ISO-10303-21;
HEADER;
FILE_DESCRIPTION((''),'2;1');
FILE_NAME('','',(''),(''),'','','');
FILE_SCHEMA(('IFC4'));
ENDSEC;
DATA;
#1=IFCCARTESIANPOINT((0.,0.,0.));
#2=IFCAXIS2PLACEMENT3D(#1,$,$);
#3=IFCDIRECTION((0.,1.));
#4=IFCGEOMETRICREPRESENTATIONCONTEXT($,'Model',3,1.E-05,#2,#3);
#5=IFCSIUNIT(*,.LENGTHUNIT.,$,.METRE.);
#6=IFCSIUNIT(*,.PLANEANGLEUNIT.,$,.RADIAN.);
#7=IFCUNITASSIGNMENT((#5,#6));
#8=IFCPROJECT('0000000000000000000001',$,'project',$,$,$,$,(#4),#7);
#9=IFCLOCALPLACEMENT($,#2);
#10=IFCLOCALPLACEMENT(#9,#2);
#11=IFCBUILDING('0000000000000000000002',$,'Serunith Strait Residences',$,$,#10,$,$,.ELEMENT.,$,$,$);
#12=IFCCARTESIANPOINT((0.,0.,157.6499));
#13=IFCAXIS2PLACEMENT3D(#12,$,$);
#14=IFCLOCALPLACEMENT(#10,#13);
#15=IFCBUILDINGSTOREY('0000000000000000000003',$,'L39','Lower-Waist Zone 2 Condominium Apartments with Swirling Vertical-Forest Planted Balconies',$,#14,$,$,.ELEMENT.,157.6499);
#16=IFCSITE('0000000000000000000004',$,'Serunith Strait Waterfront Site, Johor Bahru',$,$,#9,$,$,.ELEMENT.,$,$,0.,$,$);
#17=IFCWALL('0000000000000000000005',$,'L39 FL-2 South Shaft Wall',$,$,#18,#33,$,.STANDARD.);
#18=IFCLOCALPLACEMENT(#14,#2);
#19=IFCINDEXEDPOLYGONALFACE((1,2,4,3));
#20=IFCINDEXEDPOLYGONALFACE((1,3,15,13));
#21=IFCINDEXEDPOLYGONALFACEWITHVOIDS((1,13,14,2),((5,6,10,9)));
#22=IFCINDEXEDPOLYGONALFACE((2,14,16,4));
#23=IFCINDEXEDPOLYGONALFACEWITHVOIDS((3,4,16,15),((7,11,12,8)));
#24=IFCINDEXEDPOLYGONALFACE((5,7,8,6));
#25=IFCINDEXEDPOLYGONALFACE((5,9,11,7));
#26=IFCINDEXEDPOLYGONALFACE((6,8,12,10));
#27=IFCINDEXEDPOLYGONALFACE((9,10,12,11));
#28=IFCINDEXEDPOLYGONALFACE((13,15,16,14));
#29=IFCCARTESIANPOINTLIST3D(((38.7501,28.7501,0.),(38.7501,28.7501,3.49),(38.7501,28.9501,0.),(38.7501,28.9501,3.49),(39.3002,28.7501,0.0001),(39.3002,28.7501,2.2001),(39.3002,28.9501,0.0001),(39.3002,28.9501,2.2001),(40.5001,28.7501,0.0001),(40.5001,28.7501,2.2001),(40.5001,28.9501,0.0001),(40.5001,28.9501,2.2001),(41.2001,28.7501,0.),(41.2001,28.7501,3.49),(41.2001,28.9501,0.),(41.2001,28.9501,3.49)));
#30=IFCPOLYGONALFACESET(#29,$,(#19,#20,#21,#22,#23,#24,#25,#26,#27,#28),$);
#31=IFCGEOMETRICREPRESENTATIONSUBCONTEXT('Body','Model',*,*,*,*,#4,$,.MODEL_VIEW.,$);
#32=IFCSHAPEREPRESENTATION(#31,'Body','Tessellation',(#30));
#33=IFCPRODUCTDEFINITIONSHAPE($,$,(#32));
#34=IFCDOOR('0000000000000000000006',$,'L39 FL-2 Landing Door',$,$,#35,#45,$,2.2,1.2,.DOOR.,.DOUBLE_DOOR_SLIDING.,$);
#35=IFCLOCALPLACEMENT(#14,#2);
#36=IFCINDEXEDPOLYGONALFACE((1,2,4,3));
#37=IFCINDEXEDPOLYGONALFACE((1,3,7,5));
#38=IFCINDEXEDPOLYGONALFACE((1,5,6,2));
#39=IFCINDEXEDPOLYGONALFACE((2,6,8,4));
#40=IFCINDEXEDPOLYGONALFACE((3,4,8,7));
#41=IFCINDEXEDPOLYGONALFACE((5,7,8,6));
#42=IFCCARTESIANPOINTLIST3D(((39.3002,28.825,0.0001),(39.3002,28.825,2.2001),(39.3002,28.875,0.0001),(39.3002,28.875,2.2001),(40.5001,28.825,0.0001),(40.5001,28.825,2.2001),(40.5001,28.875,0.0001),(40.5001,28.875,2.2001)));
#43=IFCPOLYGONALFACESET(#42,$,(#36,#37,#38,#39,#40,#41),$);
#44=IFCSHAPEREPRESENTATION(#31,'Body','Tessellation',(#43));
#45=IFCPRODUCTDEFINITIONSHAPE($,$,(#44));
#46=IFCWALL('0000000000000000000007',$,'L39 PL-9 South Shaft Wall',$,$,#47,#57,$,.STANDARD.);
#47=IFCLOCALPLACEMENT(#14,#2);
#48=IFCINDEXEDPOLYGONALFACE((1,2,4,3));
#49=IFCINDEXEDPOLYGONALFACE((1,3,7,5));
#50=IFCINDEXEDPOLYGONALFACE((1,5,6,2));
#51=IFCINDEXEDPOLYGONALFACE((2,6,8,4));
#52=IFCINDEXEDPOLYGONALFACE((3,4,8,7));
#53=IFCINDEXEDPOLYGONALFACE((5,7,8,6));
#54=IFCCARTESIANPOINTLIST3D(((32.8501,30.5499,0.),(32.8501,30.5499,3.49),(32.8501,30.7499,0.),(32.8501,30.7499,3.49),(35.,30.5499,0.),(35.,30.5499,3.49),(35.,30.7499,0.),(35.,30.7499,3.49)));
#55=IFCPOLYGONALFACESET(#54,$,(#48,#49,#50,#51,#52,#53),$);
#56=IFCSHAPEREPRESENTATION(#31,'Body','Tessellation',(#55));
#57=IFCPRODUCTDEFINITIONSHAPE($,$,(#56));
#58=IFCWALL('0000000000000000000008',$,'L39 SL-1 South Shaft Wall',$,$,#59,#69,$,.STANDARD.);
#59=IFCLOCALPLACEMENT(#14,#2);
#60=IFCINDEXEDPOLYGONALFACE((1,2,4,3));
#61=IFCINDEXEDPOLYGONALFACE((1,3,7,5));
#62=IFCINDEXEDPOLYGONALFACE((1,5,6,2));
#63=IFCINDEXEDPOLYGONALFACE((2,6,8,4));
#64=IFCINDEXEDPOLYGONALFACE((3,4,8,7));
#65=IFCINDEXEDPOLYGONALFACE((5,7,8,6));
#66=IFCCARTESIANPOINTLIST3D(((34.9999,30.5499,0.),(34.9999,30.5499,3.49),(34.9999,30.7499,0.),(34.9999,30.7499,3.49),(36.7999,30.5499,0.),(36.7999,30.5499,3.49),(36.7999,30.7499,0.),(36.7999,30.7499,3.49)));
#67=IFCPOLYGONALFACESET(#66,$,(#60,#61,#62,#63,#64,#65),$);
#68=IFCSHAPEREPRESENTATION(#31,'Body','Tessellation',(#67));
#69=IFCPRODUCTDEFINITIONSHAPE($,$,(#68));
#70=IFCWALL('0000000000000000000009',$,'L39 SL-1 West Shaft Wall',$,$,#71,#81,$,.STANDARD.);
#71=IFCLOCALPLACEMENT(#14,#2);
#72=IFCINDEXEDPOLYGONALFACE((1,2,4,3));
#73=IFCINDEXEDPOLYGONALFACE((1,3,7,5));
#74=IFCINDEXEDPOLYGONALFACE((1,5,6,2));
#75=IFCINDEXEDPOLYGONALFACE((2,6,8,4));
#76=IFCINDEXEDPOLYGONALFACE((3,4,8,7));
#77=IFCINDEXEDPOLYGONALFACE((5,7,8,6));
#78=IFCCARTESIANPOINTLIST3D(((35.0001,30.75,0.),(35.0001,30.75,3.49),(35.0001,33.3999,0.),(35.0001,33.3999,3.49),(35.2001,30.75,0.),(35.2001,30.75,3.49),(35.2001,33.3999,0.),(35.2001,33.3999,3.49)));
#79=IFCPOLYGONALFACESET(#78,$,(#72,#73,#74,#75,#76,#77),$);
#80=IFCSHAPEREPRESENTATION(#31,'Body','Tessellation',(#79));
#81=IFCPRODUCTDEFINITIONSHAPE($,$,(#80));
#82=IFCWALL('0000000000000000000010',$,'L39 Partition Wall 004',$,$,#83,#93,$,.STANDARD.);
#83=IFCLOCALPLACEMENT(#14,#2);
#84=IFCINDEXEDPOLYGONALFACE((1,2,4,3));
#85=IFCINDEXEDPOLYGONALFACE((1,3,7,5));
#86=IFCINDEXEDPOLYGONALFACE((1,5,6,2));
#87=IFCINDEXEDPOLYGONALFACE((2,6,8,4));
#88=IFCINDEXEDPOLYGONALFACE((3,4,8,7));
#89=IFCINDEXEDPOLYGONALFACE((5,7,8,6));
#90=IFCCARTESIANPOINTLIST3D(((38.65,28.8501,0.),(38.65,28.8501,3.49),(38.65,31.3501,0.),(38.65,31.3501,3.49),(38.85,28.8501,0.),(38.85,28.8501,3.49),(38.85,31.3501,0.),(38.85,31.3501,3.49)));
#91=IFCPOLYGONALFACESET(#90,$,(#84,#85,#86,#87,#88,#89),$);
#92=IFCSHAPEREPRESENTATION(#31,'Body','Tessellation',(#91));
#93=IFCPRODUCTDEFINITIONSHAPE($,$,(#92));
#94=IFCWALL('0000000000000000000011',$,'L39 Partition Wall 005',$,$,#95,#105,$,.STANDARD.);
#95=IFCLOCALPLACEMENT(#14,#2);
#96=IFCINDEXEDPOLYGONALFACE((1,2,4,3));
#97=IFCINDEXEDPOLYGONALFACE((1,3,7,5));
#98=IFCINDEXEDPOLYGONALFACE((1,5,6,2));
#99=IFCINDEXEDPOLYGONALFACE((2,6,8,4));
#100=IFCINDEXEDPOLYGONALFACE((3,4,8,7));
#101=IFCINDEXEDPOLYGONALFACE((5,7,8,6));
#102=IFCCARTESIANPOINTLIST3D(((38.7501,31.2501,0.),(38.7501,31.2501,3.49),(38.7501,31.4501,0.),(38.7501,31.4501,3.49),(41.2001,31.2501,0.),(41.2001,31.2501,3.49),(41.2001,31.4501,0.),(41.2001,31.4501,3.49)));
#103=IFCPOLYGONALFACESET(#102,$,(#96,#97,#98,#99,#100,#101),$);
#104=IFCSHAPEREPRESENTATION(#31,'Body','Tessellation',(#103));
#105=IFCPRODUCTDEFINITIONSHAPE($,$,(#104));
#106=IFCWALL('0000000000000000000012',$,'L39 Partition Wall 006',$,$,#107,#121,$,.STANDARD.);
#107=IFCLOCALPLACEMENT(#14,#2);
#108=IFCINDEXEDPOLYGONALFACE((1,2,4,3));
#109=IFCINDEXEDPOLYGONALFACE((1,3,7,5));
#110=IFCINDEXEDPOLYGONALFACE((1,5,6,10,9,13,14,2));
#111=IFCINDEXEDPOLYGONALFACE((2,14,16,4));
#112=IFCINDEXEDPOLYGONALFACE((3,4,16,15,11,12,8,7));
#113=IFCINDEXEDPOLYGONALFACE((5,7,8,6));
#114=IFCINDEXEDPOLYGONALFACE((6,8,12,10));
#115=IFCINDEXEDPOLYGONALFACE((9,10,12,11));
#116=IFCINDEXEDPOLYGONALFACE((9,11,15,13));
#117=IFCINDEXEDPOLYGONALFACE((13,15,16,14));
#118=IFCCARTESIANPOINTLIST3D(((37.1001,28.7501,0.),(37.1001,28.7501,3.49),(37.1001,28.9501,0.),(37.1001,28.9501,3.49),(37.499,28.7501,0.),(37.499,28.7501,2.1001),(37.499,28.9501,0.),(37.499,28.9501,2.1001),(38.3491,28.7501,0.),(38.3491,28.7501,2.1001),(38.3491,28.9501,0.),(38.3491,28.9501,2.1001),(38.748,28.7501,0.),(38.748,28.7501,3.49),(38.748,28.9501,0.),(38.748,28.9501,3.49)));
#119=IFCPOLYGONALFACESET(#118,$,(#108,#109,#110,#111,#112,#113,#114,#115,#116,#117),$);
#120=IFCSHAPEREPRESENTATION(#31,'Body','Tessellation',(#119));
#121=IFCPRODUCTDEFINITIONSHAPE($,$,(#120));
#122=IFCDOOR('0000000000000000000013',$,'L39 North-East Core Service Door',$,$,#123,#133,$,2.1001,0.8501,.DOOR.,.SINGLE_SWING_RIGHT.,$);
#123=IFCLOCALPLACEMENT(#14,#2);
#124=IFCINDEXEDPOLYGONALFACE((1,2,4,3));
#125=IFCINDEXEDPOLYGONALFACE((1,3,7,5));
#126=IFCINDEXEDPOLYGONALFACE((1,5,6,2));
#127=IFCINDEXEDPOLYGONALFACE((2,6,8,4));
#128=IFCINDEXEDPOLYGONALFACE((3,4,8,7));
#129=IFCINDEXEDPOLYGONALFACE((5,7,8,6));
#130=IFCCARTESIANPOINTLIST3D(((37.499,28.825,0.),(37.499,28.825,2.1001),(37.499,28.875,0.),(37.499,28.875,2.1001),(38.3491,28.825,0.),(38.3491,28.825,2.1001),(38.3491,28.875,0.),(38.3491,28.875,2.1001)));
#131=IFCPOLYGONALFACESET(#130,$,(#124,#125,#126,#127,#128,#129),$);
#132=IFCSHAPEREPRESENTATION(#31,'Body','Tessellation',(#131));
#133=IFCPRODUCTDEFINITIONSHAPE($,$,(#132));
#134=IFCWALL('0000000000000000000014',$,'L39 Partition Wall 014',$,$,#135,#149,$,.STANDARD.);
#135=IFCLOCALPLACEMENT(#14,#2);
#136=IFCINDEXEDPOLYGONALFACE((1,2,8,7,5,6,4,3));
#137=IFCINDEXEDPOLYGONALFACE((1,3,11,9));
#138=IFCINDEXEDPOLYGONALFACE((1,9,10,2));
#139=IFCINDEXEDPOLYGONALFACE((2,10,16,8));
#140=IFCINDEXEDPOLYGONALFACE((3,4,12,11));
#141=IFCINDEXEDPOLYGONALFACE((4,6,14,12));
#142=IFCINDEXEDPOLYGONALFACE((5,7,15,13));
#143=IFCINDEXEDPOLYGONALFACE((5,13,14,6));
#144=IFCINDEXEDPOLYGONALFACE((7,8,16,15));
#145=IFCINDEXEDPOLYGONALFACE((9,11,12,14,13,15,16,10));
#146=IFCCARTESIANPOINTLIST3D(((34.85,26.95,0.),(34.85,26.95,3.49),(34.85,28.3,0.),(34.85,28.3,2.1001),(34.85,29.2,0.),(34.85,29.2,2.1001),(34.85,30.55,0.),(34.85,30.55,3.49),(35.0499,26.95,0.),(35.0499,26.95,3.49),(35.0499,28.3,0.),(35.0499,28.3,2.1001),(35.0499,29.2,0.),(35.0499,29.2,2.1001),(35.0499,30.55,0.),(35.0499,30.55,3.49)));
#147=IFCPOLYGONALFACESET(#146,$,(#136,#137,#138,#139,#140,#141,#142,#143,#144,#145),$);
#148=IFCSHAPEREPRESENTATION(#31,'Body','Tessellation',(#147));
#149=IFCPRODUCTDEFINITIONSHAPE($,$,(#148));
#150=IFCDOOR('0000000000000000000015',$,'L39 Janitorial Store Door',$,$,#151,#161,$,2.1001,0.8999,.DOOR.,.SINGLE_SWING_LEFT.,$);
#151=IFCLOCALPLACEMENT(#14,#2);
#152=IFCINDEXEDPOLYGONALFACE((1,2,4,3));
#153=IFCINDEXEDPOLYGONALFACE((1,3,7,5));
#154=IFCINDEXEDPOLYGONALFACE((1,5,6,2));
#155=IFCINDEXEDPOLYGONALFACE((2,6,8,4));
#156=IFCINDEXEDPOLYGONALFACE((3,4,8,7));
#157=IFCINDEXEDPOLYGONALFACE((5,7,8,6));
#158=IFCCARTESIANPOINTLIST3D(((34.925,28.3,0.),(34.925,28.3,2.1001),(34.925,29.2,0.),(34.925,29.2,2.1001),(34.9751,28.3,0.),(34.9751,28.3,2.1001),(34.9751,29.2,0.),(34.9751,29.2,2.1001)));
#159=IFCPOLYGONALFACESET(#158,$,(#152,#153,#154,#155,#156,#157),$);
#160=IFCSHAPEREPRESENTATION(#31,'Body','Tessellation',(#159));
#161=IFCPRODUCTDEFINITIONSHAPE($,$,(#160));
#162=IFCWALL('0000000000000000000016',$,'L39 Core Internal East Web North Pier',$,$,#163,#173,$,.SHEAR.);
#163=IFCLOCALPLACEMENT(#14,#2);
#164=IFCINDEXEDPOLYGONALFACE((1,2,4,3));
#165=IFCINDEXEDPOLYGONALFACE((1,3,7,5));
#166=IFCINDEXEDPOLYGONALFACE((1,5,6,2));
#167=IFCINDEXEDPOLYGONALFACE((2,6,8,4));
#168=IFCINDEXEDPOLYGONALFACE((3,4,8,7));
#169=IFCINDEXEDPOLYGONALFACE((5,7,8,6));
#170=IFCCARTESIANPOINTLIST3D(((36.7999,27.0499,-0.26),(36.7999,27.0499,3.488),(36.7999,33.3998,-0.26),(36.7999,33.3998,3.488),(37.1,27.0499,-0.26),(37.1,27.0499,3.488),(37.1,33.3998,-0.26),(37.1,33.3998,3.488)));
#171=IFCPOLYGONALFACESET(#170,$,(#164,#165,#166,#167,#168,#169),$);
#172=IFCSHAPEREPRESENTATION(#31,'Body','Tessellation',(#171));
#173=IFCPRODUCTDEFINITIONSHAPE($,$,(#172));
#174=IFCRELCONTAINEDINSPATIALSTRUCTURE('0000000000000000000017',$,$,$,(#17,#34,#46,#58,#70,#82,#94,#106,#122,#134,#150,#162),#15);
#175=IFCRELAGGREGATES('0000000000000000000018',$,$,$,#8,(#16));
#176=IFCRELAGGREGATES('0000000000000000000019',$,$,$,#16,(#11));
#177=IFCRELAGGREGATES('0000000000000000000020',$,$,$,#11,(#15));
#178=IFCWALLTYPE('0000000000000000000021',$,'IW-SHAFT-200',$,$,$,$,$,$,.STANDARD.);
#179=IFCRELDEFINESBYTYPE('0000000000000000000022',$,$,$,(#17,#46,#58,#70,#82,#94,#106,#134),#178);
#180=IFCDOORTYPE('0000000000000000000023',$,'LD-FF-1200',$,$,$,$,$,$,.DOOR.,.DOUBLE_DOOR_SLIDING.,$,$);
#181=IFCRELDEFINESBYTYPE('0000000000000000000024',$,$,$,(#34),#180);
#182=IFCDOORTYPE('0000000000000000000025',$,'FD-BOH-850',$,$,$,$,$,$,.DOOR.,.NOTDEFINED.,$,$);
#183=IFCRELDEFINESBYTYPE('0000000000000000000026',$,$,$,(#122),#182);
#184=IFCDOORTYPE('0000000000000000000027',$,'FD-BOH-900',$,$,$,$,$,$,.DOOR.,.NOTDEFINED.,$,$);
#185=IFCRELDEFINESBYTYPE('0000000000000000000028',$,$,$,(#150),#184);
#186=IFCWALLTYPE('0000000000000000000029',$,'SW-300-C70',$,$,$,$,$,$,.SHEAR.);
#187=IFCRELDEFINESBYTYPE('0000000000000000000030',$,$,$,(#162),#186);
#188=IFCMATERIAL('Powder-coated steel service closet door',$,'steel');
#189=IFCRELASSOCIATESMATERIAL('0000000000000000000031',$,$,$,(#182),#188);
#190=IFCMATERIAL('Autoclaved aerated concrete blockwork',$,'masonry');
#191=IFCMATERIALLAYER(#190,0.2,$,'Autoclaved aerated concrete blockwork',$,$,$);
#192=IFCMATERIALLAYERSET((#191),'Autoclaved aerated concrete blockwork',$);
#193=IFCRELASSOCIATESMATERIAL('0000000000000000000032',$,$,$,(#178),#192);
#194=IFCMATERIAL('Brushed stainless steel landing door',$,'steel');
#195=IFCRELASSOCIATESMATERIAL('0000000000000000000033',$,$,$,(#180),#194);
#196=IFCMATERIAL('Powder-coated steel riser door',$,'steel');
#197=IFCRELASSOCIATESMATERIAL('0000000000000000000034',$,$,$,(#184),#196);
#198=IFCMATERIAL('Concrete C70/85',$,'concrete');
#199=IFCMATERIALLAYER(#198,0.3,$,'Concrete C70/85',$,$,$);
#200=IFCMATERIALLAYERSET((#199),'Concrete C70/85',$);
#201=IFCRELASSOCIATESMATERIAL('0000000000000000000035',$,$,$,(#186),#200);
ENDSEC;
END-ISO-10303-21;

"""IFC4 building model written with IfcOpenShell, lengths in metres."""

from ifc_helpers import new_model, si_unit, direction, frame, frame_2d, origin, place, context, subcontext, project, spatial, rectangle, extrude, source, transform, mapped, material, layer, layer_set, type_object, element, fill, save


model = new_model("IFC4")

# Units and contexts
model_context = context("Model", 3, precision=1e-05, world=origin(), true_north=direction((0.0, 1.0)))
body_context = subcontext(model_context, "Body", "Model", "MODEL_VIEW")
ifc_project = project(units=[si_unit("LENGTHUNIT", "METRE"), si_unit("PLANEANGLEUNIT", "RADIAN")], contexts=[model_context])

# Site, building, storey
site_placement = place(None, origin())
site = spatial("IfcSite", under=ifc_project, at=site_placement, Name="Serunith Strait Waterfront Site, Johor Bahru", CompositionType="ELEMENT", RefElevation=0.0)
building_placement = place(site_placement, origin())
building = spatial("IfcBuilding", under=site, at=building_placement, Name="Serunith Strait Residences", CompositionType="ELEMENT")
storey_placement = place(building_placement, frame((0.0, 0.0, 157.6499)))
storey = spatial("IfcBuildingStorey", under=building, at=storey_placement, Name="L39", Description="Lower-Waist Zone 2 Condominium Apartments with Swirling Vertical-Forest Planted Balconies", CompositionType="ELEMENT", Elevation=157.6499)

# Shared definitions
ifc_material_1 = material(Name="Powder-coated steel service closet door", Category="steel")
door_type_1 = type_object("IfcDoorType", Name="FD-BOH-850", OperationType="NOTDEFINED", PredefinedType="DOOR", material=ifc_material_1)
shared_shape_1 = source(origin(), body_context, "Body", "SweptSolid", [
    extrude(rectangle(XDim=0.8501, YDim=2.1001, at=frame_2d((0.425, 1.05))), frame((0.0, 0.0249, 0.0), z_axis=(0.0, -1.0, 0.0), x_axis=(1.0, 0.0, 0.0)), (0.0, 0.0, 1.0), 0.05),
])

# Wall, opening, door
ifc_material_2 = material(Name="Autoclaved aerated concrete blockwork", Category="masonry")
ifc_layer_1 = layer(ifc_material_2, 0.2, Name="Autoclaved aerated concrete blockwork")
ifc_layer_set_1 = layer_set([ifc_layer_1], Name="Autoclaved aerated concrete blockwork")
wall_type_1 = type_object("IfcWallType", Name="IW-SHAFT-200", PredefinedType="STANDARD", material=ifc_layer_set_1)
wall_1_placement = place(storey_placement, frame((38.75, 28.8501, 0.0), z_axis=(0.0, 0.0, 1.0), x_axis=(1.0, 0.0, 0.0)))
wall_1 = element("IfcWall", 1, at=wall_1_placement, inside=storey, type_object=wall_type_1, Name="L39 FL-2 South Shaft Wall", PredefinedType="STANDARD", context=body_context, shape_type="SweptSolid", body=[
    extrude(rectangle(XDim=2.45, YDim=0.2, at=frame_2d((1.2251, 0.0))), origin(), (0.0, 0.0, 1.0), 3.49),
])
opening_1_placement = place(wall_1_placement, frame((0.55, 0.0, 0.0)))
opening_1 = element("IfcOpeningElement", 2, at=opening_1_placement, cuts=wall_1, PredefinedType="OPENING", context=body_context, shape_type="SweptSolid", body=[
    extrude(rectangle(XDim=1.2, YDim=2.2, at=frame_2d((0.6001, 1.1001))), frame((0.0, 0.1099, 0.0), z_axis=(0.0, -1.0, 0.0), x_axis=(1.0, 0.0, 0.0)), (0.0, 0.0, 1.0), 0.22),
])
ifc_material_3 = material(Name="Brushed stainless steel landing door", Category="steel")
door_type_2 = type_object("IfcDoorType", Name="LD-FF-1200", OperationType="DOUBLE_DOOR_SLIDING", PredefinedType="DOOR", material=ifc_material_3)
shared_shape_2 = source(origin(), body_context, "Body", "SweptSolid", [
    extrude(rectangle(XDim=1.2, YDim=2.2, at=frame_2d((0.6001, 1.1001))), frame((0.0, 0.0249, 0.0), z_axis=(0.0, -1.0, 0.0), x_axis=(1.0, 0.0, 0.0)), (0.0, 0.0, 1.0), 0.05),
])
door_1_placement = place(opening_1_placement, origin())
door_1 = element("IfcDoor", 3, at=door_1_placement, inside=storey, type_object=door_type_2, Name="L39 FL-2 Landing Door", OperationType="DOUBLE_DOOR_SLIDING", OverallHeight=2.2, OverallWidth=1.2, PredefinedType="DOOR", context=body_context, shape_type="MappedRepresentation", body=[
    mapped(shared_shape_2, transform((0.0, 0.0, 0.0), scale=1.0)),
])
fill(opening_1, door_1)

# Walls
wall_2_placement = place(storey_placement, frame((32.8501, 30.6499, 0.0), z_axis=(0.0, 0.0, 1.0), x_axis=(1.0, 0.0, 0.0)))
element("IfcWall", 4, at=wall_2_placement, inside=storey, type_object=wall_type_1, Name="L39 PL-9 South Shaft Wall", PredefinedType="STANDARD", context=body_context, shape_type="SweptSolid", body=[
    extrude(rectangle(XDim=2.1499, YDim=0.2, at=frame_2d((1.075, 0.0))), origin(), (0.0, 0.0, 1.0), 3.49),
])
wall_3_placement = place(storey_placement, frame((35.0, 30.6499, 0.0), z_axis=(0.0, 0.0, 1.0), x_axis=(1.0, 0.0, 0.0)))
element("IfcWall", 5, at=wall_3_placement, inside=storey, type_object=wall_type_1, Name="L39 SL-1 South Shaft Wall", PredefinedType="STANDARD", context=body_context, shape_type="SweptSolid", body=[
    extrude(rectangle(XDim=1.8, YDim=0.2, at=frame_2d((0.8999, 0.0))), origin(), (0.0, 0.0, 1.0), 3.49),
])
wall_4_placement = place(storey_placement, frame((35.1001, 30.75, 0.0), z_axis=(0.0, 0.0, 1.0), x_axis=(0.0, 1.0, 0.0)))
element("IfcWall", 6, at=wall_4_placement, inside=storey, type_object=wall_type_1, Name="L39 SL-1 West Shaft Wall", PredefinedType="STANDARD", context=body_context, shape_type="SweptSolid", body=[
    extrude(rectangle(XDim=2.6499, YDim=0.2, at=frame_2d((1.325, 0.0))), origin(), (0.0, 0.0, 1.0), 3.49),
])
wall_5_placement = place(storey_placement, frame((38.75, 28.8501, 0.0), z_axis=(0.0, 0.0, 1.0), x_axis=(0.0, 1.0, 0.0)))
element("IfcWall", 7, at=wall_5_placement, inside=storey, type_object=wall_type_1, Name="L39 Partition Wall 004", PredefinedType="STANDARD", context=body_context, shape_type="SweptSolid", body=[
    extrude(rectangle(XDim=2.5, YDim=0.2, at=frame_2d((1.25, 0.0))), origin(), (0.0, 0.0, 1.0), 3.49),
])
wall_6_placement = place(storey_placement, frame((38.75, 31.3501, 0.0), z_axis=(0.0, 0.0, 1.0), x_axis=(1.0, 0.0, 0.0)))
element("IfcWall", 8, at=wall_6_placement, inside=storey, type_object=wall_type_1, Name="L39 Partition Wall 005", PredefinedType="STANDARD", context=body_context, shape_type="SweptSolid", body=[
    extrude(rectangle(XDim=2.45, YDim=0.2, at=frame_2d((1.2251, 0.0))), origin(), (0.0, 0.0, 1.0), 3.49),
])

# Walls, openings, doors
wall_7_placement = place(storey_placement, frame((37.1001, 28.8501, 0.0), z_axis=(0.0, 0.0, 1.0), x_axis=(1.0, 0.0, 0.0)))
wall_7 = element("IfcWall", 9, at=wall_7_placement, inside=storey, type_object=wall_type_1, Name="L39 Partition Wall 006", PredefinedType="STANDARD", context=body_context, shape_type="SweptSolid", body=[
    extrude(rectangle(XDim=1.6479, YDim=0.2, at=frame_2d((0.824, 0.0))), origin(), (0.0, 0.0, 1.0), 3.49),
])
opening_2_placement = place(wall_7_placement, frame((0.3989, 0.0, 0.0)))
opening_2 = element("IfcOpeningElement", 10, at=opening_2_placement, cuts=wall_7, PredefinedType="OPENING", context=body_context, shape_type="SweptSolid", body=[
    extrude(rectangle(XDim=0.8501, YDim=2.1001, at=frame_2d((0.425, 1.05))), frame((0.0, 0.1099, 0.0), z_axis=(0.0, -1.0, 0.0), x_axis=(1.0, 0.0, 0.0)), (0.0, 0.0, 1.0), 0.22),
])
door_2_placement = place(opening_2_placement, origin())
door_2 = element("IfcDoor", 11, at=door_2_placement, inside=storey, type_object=door_type_1, Name="L39 North-East Core Service Door", OperationType="SINGLE_SWING_RIGHT", OverallHeight=2.1001, OverallWidth=0.8501, PredefinedType="DOOR", context=body_context, shape_type="MappedRepresentation", body=[
    mapped(shared_shape_1, transform((0.0, 0.0, 0.0), scale=1.0)),
])
fill(opening_2, door_2)
wall_8_placement = place(storey_placement, frame((34.95, 26.95, 0.0), z_axis=(0.0, 0.0, 1.0), x_axis=(0.0, 1.0, 0.0)))
wall_8 = element("IfcWall", 12, at=wall_8_placement, inside=storey, type_object=wall_type_1, Name="L39 Partition Wall 014", PredefinedType="STANDARD", context=body_context, shape_type="SweptSolid", body=[
    extrude(rectangle(XDim=3.6001, YDim=0.2, at=frame_2d((1.8, 0.0))), origin(), (0.0, 0.0, 1.0), 3.49),
])
opening_3_placement = place(wall_8_placement, frame((1.3501, 0.0, 0.0)))
opening_3 = element("IfcOpeningElement", 13, at=opening_3_placement, cuts=wall_8, PredefinedType="OPENING", context=body_context, shape_type="SweptSolid", body=[
    extrude(rectangle(XDim=0.8999, YDim=2.1001, at=frame_2d((0.45, 1.05))), frame((0.0, 0.1099, 0.0), z_axis=(0.0, -1.0, 0.0), x_axis=(1.0, 0.0, 0.0)), (0.0, 0.0, 1.0), 0.22),
])
ifc_material_4 = material(Name="Powder-coated steel riser door", Category="steel")
door_type_3 = type_object("IfcDoorType", Name="FD-BOH-900", OperationType="NOTDEFINED", PredefinedType="DOOR", material=ifc_material_4)
shared_shape_3 = source(origin(), body_context, "Body", "SweptSolid", [
    extrude(rectangle(XDim=0.8999, YDim=2.1001, at=frame_2d((0.45, 1.05))), frame((0.0, 0.0249, 0.0), z_axis=(0.0, -1.0, 0.0), x_axis=(1.0, 0.0, 0.0)), (0.0, 0.0, 1.0), 0.05),
])
door_3_placement = place(opening_3_placement, origin())
door_3 = element("IfcDoor", 14, at=door_3_placement, inside=storey, type_object=door_type_3, Name="L39 Janitorial Store Door", OperationType="SINGLE_SWING_LEFT", OverallHeight=2.1001, OverallWidth=0.8999, PredefinedType="DOOR", context=body_context, shape_type="MappedRepresentation", body=[
    mapped(shared_shape_3, transform((0.0, 0.0, 0.0), scale=1.0)),
])
fill(opening_3, door_3)

# Wall
ifc_material_5 = material(Name="Concrete C70/85", Category="concrete")
ifc_layer_2 = layer(ifc_material_5, 0.3, Name="Concrete C70/85")
ifc_layer_set_2 = layer_set([ifc_layer_2], Name="Concrete C70/85")
wall_type_2 = type_object("IfcWallType", Name="SW-300-C70", PredefinedType="SHEAR", material=ifc_layer_set_2)
wall_9_placement = place(storey_placement, frame((36.95, 27.05, -0.26), z_axis=(0.0, 0.0, 1.0), x_axis=(0.0, 1.0, 0.0)))
element("IfcWall", 15, at=wall_9_placement, inside=storey, type_object=wall_type_2, Name="L39 Core Internal East Web North Pier", PredefinedType="SHEAR", context=body_context, shape_type="SweptSolid", body=[
    extrude(rectangle(XDim=6.3499, YDim=0.3, at=frame_2d((3.1748, 0.0))), origin(), (0.0, 0.0, 1.0), 3.748),
])

save(model, "model.ifc")
